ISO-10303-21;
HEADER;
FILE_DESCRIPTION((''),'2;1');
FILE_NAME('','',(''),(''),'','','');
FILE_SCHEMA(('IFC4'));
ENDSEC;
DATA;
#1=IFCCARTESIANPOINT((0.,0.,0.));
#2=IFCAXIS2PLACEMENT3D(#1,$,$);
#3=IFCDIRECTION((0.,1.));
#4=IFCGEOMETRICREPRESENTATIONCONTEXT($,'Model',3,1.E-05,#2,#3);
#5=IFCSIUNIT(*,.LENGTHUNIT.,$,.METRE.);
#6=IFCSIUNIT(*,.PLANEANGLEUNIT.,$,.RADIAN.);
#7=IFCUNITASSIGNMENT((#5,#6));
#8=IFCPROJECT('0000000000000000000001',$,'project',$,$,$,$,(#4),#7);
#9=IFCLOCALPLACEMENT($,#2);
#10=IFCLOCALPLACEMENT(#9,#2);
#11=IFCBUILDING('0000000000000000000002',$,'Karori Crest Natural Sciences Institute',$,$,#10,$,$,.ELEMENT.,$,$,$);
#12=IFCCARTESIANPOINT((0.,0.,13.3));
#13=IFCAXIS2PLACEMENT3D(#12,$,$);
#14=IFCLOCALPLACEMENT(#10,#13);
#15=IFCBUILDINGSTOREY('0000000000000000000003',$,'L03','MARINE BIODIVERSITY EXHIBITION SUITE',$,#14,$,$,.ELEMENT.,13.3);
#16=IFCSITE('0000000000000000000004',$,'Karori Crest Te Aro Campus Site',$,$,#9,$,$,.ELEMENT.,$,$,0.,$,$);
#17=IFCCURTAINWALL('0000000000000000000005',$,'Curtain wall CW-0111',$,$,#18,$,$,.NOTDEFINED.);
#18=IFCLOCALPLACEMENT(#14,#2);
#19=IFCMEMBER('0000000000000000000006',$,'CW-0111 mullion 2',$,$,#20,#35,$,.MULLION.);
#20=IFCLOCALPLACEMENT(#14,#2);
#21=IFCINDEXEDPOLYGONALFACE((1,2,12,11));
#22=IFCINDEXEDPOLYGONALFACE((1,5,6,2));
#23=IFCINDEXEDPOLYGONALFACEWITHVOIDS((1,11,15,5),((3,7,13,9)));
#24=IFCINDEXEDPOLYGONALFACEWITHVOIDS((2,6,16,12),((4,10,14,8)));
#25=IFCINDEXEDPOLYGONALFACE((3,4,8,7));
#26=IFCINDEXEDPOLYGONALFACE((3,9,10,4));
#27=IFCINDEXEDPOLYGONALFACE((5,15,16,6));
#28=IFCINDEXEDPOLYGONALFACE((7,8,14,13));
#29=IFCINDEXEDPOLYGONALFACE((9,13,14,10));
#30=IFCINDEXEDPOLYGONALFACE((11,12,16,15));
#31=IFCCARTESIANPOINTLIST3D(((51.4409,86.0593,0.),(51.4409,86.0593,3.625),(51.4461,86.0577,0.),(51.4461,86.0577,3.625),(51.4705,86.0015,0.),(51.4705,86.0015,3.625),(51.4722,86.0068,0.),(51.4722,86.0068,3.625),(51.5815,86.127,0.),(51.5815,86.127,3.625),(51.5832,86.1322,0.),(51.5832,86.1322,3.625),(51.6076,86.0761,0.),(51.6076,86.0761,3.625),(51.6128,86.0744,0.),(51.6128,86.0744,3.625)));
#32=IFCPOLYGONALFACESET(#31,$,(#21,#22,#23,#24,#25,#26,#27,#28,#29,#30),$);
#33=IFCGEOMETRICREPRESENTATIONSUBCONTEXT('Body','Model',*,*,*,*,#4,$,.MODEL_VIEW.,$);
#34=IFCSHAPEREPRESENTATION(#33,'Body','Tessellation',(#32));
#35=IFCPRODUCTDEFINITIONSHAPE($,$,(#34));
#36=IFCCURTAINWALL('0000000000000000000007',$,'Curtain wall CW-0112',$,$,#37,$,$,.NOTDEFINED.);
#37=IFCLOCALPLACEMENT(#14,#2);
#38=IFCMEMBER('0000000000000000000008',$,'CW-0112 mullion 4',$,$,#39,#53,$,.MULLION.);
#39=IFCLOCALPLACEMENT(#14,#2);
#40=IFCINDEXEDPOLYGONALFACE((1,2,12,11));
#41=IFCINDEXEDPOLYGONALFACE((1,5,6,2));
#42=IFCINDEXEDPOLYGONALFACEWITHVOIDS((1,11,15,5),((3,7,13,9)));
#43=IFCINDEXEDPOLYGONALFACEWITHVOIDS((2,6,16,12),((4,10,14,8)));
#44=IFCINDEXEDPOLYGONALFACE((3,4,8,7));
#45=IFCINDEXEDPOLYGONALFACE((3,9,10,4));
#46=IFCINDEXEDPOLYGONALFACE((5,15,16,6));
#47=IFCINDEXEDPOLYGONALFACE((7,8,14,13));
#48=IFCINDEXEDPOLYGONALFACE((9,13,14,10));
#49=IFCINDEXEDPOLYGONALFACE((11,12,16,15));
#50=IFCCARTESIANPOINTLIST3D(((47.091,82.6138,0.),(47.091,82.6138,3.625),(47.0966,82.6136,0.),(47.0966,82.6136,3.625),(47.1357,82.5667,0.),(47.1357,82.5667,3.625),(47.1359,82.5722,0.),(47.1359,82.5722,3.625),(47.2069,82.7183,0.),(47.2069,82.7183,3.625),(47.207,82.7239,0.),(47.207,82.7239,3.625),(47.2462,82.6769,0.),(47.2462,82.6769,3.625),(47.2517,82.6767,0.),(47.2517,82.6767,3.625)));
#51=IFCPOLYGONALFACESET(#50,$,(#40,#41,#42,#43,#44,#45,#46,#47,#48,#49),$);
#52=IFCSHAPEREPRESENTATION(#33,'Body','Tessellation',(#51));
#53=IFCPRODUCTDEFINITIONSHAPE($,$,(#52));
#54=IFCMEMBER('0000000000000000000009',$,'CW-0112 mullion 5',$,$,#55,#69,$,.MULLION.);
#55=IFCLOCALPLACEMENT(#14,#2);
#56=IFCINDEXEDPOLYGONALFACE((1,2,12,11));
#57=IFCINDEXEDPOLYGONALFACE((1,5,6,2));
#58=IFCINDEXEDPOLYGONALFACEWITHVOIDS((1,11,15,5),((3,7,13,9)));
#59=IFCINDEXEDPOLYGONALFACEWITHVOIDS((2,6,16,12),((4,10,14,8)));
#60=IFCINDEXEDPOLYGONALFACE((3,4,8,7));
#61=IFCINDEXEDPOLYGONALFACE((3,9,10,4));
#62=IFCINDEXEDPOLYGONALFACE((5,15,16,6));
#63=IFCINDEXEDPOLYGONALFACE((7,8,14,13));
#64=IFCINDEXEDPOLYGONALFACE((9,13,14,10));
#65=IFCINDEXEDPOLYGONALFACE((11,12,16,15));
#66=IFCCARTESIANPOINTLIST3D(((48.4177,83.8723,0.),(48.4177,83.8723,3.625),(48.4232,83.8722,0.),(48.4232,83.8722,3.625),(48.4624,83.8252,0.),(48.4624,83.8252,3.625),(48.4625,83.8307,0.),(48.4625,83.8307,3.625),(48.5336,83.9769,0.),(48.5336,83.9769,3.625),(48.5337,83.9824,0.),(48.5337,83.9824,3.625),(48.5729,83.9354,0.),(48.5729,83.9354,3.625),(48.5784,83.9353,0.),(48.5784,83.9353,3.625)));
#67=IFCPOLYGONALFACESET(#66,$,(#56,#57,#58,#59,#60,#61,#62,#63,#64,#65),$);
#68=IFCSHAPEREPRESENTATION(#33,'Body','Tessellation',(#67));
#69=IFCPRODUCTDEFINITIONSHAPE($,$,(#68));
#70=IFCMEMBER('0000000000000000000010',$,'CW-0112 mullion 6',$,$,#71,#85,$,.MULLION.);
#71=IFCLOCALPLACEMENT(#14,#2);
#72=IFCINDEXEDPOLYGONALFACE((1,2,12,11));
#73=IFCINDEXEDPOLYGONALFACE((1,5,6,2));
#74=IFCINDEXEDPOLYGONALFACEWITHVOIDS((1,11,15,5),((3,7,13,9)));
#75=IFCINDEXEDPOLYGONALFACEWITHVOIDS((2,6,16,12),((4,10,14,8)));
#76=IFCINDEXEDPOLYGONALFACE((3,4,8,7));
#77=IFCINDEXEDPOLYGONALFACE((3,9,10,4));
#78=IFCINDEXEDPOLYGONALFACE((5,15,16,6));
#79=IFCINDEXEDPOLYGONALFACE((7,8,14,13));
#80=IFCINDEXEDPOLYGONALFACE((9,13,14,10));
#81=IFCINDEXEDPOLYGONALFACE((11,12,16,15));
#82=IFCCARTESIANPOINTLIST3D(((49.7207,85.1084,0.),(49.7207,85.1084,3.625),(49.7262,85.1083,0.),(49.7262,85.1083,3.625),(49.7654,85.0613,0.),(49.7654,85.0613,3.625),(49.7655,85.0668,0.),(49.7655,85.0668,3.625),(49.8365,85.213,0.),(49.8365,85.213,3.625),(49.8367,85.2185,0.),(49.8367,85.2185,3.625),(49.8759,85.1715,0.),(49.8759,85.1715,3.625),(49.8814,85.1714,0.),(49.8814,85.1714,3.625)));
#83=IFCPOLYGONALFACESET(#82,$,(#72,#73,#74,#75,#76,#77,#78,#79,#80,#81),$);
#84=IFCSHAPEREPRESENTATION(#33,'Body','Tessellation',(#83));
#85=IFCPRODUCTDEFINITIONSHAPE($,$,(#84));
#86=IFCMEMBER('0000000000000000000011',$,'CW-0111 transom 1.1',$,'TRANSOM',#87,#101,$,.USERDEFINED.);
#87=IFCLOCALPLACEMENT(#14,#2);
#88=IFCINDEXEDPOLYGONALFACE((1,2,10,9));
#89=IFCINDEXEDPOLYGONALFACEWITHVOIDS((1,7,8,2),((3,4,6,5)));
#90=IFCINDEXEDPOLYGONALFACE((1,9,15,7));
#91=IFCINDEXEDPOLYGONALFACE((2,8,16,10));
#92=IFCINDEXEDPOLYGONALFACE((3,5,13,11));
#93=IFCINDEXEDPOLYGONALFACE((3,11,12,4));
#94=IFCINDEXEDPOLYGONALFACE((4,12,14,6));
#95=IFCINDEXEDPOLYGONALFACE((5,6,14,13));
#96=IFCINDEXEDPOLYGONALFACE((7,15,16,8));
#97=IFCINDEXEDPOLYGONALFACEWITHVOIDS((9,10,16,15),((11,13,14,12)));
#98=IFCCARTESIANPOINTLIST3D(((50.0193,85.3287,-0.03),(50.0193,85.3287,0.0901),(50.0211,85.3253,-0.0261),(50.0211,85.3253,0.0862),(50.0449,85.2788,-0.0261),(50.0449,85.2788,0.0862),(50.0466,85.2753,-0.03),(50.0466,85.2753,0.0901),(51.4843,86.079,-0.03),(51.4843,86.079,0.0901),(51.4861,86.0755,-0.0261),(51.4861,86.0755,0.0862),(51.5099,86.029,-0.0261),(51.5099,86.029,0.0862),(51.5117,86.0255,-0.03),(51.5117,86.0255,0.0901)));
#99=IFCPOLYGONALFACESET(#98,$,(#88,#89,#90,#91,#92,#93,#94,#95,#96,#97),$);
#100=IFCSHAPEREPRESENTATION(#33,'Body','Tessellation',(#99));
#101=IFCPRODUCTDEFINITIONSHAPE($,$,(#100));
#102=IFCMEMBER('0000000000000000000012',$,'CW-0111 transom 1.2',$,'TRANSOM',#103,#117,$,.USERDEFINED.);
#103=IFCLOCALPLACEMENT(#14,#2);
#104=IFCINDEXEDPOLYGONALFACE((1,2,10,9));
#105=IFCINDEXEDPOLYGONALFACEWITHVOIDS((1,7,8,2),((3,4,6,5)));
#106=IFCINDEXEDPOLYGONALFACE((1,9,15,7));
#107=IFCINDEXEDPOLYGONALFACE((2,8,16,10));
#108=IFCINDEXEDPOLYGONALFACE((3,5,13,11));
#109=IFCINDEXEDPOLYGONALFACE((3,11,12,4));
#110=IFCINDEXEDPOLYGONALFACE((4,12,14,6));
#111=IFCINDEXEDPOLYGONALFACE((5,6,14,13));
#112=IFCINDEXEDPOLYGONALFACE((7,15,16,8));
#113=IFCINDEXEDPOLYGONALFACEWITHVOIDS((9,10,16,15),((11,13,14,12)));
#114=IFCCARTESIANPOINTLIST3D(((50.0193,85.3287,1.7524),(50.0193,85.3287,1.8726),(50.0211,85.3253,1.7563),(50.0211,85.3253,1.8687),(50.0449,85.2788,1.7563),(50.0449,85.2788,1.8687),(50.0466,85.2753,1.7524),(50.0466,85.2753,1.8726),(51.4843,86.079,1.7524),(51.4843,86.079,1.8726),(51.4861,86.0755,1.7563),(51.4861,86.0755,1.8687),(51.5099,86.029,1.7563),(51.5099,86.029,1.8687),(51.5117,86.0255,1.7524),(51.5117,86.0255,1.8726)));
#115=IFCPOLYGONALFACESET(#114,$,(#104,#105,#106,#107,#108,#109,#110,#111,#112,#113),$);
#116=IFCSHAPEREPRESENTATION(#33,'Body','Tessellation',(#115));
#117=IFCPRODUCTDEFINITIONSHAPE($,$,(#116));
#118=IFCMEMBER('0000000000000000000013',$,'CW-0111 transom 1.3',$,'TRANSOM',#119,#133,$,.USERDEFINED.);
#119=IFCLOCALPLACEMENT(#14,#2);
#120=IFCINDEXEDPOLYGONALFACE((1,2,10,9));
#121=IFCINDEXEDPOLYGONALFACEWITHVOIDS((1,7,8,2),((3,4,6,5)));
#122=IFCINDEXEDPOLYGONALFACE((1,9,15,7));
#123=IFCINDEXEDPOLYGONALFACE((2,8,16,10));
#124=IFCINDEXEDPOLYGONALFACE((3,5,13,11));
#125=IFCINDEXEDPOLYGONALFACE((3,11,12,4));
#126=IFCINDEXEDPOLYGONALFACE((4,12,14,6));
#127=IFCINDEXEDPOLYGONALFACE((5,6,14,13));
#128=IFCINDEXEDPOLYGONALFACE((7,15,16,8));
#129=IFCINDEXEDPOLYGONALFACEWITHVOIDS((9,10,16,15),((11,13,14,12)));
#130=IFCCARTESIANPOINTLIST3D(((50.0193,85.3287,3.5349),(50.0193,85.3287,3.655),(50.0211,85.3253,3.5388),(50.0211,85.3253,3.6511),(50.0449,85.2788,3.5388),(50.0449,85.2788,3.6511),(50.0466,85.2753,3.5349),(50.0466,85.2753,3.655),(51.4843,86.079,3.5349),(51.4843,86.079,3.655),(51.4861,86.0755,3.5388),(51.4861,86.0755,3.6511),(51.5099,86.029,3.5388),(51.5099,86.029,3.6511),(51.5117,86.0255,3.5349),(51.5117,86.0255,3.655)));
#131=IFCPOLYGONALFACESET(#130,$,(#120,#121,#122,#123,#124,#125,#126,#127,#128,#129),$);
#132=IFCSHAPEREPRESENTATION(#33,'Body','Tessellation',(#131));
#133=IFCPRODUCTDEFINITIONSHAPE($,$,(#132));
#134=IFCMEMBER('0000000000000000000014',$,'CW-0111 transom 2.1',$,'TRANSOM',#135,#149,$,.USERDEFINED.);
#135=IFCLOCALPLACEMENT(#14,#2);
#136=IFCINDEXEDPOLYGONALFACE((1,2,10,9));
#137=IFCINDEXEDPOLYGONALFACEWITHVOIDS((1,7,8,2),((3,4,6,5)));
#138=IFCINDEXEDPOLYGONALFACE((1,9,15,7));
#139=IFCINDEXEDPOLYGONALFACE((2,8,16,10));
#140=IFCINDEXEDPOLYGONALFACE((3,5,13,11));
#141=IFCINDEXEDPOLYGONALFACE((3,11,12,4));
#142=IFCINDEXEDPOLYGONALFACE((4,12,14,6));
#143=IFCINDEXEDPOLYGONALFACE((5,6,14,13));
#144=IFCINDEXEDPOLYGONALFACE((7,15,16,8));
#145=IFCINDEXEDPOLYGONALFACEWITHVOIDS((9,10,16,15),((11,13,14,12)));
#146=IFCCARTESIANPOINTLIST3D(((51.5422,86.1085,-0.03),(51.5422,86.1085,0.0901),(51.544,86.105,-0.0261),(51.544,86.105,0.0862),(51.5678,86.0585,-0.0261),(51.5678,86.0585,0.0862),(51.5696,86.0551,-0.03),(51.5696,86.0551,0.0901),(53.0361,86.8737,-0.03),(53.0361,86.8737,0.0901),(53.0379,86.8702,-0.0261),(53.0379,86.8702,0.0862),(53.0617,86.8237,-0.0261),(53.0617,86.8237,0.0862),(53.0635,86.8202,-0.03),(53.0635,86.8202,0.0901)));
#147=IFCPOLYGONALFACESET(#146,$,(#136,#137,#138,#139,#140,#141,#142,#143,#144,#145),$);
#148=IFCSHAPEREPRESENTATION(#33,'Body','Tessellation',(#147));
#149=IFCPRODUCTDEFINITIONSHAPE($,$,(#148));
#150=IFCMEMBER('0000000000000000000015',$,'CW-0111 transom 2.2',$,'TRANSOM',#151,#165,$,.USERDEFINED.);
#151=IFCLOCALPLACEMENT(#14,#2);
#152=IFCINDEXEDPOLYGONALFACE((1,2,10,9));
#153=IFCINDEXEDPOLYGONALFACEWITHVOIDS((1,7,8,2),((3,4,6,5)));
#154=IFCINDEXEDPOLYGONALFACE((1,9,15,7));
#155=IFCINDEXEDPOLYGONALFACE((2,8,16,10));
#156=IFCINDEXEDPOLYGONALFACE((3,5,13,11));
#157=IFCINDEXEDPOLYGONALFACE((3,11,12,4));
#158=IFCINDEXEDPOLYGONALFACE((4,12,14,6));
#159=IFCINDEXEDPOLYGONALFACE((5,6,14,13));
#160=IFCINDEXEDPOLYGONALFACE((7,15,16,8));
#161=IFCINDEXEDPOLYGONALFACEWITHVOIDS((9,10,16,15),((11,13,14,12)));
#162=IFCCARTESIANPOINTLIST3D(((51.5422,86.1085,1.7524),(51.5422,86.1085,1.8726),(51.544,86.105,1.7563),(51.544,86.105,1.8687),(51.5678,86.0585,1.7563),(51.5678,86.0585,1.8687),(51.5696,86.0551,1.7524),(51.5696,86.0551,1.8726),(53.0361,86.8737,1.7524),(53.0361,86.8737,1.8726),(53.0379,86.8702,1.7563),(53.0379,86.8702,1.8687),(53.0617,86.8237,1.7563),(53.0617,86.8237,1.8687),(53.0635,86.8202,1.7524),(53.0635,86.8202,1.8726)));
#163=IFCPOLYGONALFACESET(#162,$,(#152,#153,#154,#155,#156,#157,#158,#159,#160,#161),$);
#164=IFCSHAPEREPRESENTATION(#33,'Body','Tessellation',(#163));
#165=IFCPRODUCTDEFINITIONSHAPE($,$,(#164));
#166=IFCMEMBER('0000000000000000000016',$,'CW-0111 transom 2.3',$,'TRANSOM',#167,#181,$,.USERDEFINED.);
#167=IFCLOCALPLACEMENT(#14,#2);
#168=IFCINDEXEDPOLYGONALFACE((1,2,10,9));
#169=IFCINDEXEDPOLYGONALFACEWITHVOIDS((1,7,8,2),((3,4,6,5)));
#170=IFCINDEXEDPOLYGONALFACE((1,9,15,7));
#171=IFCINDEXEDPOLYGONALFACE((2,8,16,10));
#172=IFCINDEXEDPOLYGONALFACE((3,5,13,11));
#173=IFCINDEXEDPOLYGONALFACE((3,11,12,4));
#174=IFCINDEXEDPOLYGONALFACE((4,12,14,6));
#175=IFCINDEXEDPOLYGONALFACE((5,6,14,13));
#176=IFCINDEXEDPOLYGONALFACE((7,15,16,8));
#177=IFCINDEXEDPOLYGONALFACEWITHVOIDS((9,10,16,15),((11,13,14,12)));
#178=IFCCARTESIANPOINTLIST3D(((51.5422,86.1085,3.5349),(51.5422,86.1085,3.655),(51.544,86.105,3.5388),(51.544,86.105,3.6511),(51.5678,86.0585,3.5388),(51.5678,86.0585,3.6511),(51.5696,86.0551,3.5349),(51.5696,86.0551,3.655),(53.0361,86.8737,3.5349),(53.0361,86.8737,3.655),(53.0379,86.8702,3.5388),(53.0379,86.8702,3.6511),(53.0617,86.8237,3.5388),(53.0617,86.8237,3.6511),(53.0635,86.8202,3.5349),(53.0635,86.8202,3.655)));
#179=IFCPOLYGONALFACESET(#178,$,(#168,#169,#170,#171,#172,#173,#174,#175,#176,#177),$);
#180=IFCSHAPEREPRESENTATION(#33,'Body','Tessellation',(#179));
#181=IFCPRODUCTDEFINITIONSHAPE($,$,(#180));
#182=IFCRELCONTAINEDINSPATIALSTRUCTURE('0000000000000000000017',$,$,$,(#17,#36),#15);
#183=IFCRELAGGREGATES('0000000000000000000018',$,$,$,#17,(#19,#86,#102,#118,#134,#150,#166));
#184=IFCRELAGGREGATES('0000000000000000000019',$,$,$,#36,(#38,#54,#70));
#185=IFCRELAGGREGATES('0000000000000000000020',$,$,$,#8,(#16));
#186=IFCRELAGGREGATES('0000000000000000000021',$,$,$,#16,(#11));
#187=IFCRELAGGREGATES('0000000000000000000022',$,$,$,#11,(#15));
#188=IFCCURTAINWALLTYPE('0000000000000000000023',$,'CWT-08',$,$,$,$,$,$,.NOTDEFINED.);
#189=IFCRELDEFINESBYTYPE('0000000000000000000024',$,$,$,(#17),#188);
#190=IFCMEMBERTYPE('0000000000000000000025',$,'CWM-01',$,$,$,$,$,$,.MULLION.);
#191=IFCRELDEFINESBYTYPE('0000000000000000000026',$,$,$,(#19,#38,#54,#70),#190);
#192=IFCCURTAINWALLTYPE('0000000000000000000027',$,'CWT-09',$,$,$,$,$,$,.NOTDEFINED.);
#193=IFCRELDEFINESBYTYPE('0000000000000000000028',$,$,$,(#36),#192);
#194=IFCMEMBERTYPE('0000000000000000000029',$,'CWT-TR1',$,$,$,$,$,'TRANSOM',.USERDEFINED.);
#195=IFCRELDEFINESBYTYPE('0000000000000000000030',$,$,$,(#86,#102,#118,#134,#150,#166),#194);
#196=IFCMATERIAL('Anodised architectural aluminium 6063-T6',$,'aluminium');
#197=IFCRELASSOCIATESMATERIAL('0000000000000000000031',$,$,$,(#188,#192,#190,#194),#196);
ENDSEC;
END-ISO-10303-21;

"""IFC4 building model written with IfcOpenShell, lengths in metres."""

from ifc_helpers import new_model, si_unit, direction, frame, origin, origin_2d, place, context, subcontext, project, spatial, hollow_rectangle, extrude, material, material_profile, profile_set, type_object, element, aggregate, save


model = new_model("IFC4")

# Units and contexts
model_context = context("Model", 3, precision=1e-05, world=origin(), true_north=direction((0.0, 1.0)))
body_context = subcontext(model_context, "Body", "Model", "MODEL_VIEW")
ifc_project = project(units=[si_unit("LENGTHUNIT", "METRE"), si_unit("PLANEANGLEUNIT", "RADIAN")], contexts=[model_context])

# Site, building, storey
site_placement = place(None, origin())
site = spatial("IfcSite", under=ifc_project, at=site_placement, Name="Karori Crest Te Aro Campus Site", CompositionType="ELEMENT", RefElevation=0.0)
building_placement = place(site_placement, origin())
building = spatial("IfcBuilding", under=site, at=building_placement, Name="Karori Crest Natural Sciences Institute", CompositionType="ELEMENT")
storey_placement = place(building_placement, frame((0.0, 0.0, 13.3)))
storey = spatial("IfcBuildingStorey", under=building, at=storey_placement, Name="L03", Description="MARINE BIODIVERSITY EXHIBITION SUITE", CompositionType="ELEMENT", Elevation=13.3)

# Curtain walls, members
ifc_material_1 = material(Name="Anodised architectural aluminium 6063-T6", Category="aluminium")
curtain_wall_type_1 = type_object("IfcCurtainWallType", Name="CWT-08", PredefinedType="NOTDEFINED", material=ifc_material_1)
curtain_wall_1_placement = place(storey_placement, origin())
curtain_wall_1 = element("IfcCurtainWall", 1, at=curtain_wall_1_placement, inside=storey, type_object=curtain_wall_type_1, Name="Curtain wall CW-0111", PredefinedType="NOTDEFINED")
ifc_material_profile_1 = material_profile(ifc_material_1, hollow_rectangle(XDim=0.0649, YDim=0.1599, WallThickness=0.0039, at=origin_2d()), Name="CWM160x65x4")
ifc_profile_set_1 = profile_set([ifc_material_profile_1], Name="Anodised architectural aluminium 6063-T6")
member_type_1 = type_object("IfcMemberType", Name="CWM-01", PredefinedType="MULLION", material=ifc_profile_set_1)
member_1_placement = place(storey_placement, frame((51.5269, 86.0669, 0.0), z_axis=(0.0, 0.0, 1.0), x_axis=(-0.455829, 0.890067, 0.0)))
member_1 = element("IfcMember", 2, at=member_1_placement, type_object=member_type_1, Name="CW-0111 mullion 2", PredefinedType="MULLION", context=body_context, shape_type="SweptSolid", body=[
    extrude(hollow_rectangle(XDim=0.0649, YDim=0.1599, WallThickness=0.0039, at=origin_2d()), origin(), (0.0, 0.0, 1.0), 3.625),
])
curtain_wall_type_2 = type_object("IfcCurtainWallType", Name="CWT-09", PredefinedType="NOTDEFINED", material=ifc_material_1)
curtain_wall_2_placement = place(storey_placement, origin())
curtain_wall_2 = element("IfcCurtainWall", 3, at=curtain_wall_2_placement, inside=storey, type_object=curtain_wall_type_2, Name="Curtain wall CW-0112", PredefinedType="NOTDEFINED")
member_2_placement = place(storey_placement, frame((47.1714, 82.6453, 0.0), z_axis=(0.0, 0.0, 1.0), x_axis=(-0.688251, 0.725473, 0.0)))
member_2 = element("IfcMember", 4, at=member_2_placement, type_object=member_type_1, Name="CW-0112 mullion 4", PredefinedType="MULLION", context=body_context, shape_type="SweptSolid", body=[
    extrude(hollow_rectangle(XDim=0.0649, YDim=0.1599, WallThickness=0.0039, at=origin_2d()), origin(), (0.0, 0.0, 1.0), 3.625),
])
member_3_placement = place(storey_placement, frame((48.498, 83.9038, 0.0), z_axis=(0.0, 0.0, 1.0), x_axis=(-0.688251, 0.725473, 0.0)))
member_3 = element("IfcMember", 5, at=member_3_placement, type_object=member_type_1, Name="CW-0112 mullion 5", PredefinedType="MULLION", context=body_context, shape_type="SweptSolid", body=[
    extrude(hollow_rectangle(XDim=0.0649, YDim=0.1599, WallThickness=0.0039, at=origin_2d()), origin(), (0.0, 0.0, 1.0), 3.625),
])
member_4_placement = place(storey_placement, frame((49.801, 85.1399, 0.0), z_axis=(0.0, 0.0, 1.0), x_axis=(-0.688251, 0.725473, 0.0)))
member_4 = element("IfcMember", 6, at=member_4_placement, type_object=member_type_1, Name="CW-0112 mullion 6", PredefinedType="MULLION", context=body_context, shape_type="SweptSolid", body=[
    extrude(hollow_rectangle(XDim=0.0649, YDim=0.1599, WallThickness=0.0039, at=origin_2d()), origin(), (0.0, 0.0, 1.0), 3.625),
])

# Members
ifc_material_profile_2 = material_profile(ifc_material_1, hollow_rectangle(XDim=0.0601, YDim=0.1201, WallThickness=0.0039, at=origin_2d()), Name="CWT120x60x4")
ifc_profile_set_2 = profile_set([ifc_material_profile_2], Name="Anodised architectural aluminium 6063-T6")
member_type_2 = type_object("IfcMemberType", Name="CWT-TR1", ElementType="TRANSOM", PredefinedType="USERDEFINED", material=ifc_profile_set_2)
member_5_placement = place(storey_placement, frame((50.033, 85.302, 0.03), z_axis=(0.890084, 0.455796, 0.0), x_axis=(-0.455796, 0.890084, 0.0)))
member_5 = element("IfcMember", 7, at=member_5_placement, type_object=member_type_2, Name="CW-0111 transom 1.1", ObjectType="TRANSOM", PredefinedType="USERDEFINED", context=body_context, shape_type="SweptSolid", body=[
    extrude(hollow_rectangle(XDim=0.0601, YDim=0.1201, WallThickness=0.0039, at=origin_2d()), origin(), (0.0, 0.0, 1.0), 1.646),
])
member_6_placement = place(storey_placement, frame((50.033, 85.302, 1.8125), z_axis=(0.890084, 0.455796, 0.0), x_axis=(-0.455796, 0.890084, 0.0)))
member_6 = element("IfcMember", 8, at=member_6_placement, type_object=member_type_2, Name="CW-0111 transom 1.2", ObjectType="TRANSOM", PredefinedType="USERDEFINED", context=body_context, shape_type="SweptSolid", body=[
    extrude(hollow_rectangle(XDim=0.0601, YDim=0.1201, WallThickness=0.0039, at=origin_2d()), origin(), (0.0, 0.0, 1.0), 1.646),
])
member_7_placement = place(storey_placement, frame((50.033, 85.302, 3.595), z_axis=(0.890084, 0.455796, 0.0), x_axis=(-0.455796, 0.890084, 0.0)))
member_7 = element("IfcMember", 9, at=member_7_placement, type_object=member_type_2, Name="CW-0111 transom 1.3", ObjectType="TRANSOM", PredefinedType="USERDEFINED", context=body_context, shape_type="SweptSolid", body=[
    extrude(hollow_rectangle(XDim=0.0601, YDim=0.1201, WallThickness=0.0039, at=origin_2d()), origin(), (0.0, 0.0, 1.0), 1.646),
])
member_8_placement = place(storey_placement, frame((51.5559, 86.0818, 0.03), z_axis=(0.890051, 0.455862, 0.0), x_axis=(-0.455862, 0.890051, 0.0)))
member_8 = element("IfcMember", 10, at=member_8_placement, type_object=member_type_2, Name="CW-0111 transom 2.1", ObjectType="TRANSOM", PredefinedType="USERDEFINED", context=body_context, shape_type="SweptSolid", body=[
    extrude(hollow_rectangle(XDim=0.0601, YDim=0.1201, WallThickness=0.0039, at=origin_2d()), origin(), (0.0, 0.0, 1.0), 1.6785),
])
member_9_placement = place(storey_placement, frame((51.5559, 86.0818, 1.8125), z_axis=(0.890051, 0.455862, 0.0), x_axis=(-0.455862, 0.890051, 0.0)))
member_9 = element("IfcMember", 11, at=member_9_placement, type_object=member_type_2, Name="CW-0111 transom 2.2", ObjectType="TRANSOM", PredefinedType="USERDEFINED", context=body_context, shape_type="SweptSolid", body=[
    extrude(hollow_rectangle(XDim=0.0601, YDim=0.1201, WallThickness=0.0039, at=origin_2d()), origin(), (0.0, 0.0, 1.0), 1.6785),
])
member_10_placement = place(storey_placement, frame((51.5559, 86.0818, 3.595), z_axis=(0.890051, 0.455862, 0.0), x_axis=(-0.455862, 0.890051, 0.0)))
member_10 = element("IfcMember", 12, at=member_10_placement, type_object=member_type_2, Name="CW-0111 transom 2.3", ObjectType="TRANSOM", PredefinedType="USERDEFINED", context=body_context, shape_type="SweptSolid", body=[
    extrude(hollow_rectangle(XDim=0.0601, YDim=0.1201, WallThickness=0.0039, at=origin_2d()), origin(), (0.0, 0.0, 1.0), 1.6785),
])

aggregate(curtain_wall_1, [member_1, member_5, member_6, member_7, member_8, member_9, member_10])
aggregate(curtain_wall_2, [member_2, member_3, member_4])

save(model, "model.ifc")
